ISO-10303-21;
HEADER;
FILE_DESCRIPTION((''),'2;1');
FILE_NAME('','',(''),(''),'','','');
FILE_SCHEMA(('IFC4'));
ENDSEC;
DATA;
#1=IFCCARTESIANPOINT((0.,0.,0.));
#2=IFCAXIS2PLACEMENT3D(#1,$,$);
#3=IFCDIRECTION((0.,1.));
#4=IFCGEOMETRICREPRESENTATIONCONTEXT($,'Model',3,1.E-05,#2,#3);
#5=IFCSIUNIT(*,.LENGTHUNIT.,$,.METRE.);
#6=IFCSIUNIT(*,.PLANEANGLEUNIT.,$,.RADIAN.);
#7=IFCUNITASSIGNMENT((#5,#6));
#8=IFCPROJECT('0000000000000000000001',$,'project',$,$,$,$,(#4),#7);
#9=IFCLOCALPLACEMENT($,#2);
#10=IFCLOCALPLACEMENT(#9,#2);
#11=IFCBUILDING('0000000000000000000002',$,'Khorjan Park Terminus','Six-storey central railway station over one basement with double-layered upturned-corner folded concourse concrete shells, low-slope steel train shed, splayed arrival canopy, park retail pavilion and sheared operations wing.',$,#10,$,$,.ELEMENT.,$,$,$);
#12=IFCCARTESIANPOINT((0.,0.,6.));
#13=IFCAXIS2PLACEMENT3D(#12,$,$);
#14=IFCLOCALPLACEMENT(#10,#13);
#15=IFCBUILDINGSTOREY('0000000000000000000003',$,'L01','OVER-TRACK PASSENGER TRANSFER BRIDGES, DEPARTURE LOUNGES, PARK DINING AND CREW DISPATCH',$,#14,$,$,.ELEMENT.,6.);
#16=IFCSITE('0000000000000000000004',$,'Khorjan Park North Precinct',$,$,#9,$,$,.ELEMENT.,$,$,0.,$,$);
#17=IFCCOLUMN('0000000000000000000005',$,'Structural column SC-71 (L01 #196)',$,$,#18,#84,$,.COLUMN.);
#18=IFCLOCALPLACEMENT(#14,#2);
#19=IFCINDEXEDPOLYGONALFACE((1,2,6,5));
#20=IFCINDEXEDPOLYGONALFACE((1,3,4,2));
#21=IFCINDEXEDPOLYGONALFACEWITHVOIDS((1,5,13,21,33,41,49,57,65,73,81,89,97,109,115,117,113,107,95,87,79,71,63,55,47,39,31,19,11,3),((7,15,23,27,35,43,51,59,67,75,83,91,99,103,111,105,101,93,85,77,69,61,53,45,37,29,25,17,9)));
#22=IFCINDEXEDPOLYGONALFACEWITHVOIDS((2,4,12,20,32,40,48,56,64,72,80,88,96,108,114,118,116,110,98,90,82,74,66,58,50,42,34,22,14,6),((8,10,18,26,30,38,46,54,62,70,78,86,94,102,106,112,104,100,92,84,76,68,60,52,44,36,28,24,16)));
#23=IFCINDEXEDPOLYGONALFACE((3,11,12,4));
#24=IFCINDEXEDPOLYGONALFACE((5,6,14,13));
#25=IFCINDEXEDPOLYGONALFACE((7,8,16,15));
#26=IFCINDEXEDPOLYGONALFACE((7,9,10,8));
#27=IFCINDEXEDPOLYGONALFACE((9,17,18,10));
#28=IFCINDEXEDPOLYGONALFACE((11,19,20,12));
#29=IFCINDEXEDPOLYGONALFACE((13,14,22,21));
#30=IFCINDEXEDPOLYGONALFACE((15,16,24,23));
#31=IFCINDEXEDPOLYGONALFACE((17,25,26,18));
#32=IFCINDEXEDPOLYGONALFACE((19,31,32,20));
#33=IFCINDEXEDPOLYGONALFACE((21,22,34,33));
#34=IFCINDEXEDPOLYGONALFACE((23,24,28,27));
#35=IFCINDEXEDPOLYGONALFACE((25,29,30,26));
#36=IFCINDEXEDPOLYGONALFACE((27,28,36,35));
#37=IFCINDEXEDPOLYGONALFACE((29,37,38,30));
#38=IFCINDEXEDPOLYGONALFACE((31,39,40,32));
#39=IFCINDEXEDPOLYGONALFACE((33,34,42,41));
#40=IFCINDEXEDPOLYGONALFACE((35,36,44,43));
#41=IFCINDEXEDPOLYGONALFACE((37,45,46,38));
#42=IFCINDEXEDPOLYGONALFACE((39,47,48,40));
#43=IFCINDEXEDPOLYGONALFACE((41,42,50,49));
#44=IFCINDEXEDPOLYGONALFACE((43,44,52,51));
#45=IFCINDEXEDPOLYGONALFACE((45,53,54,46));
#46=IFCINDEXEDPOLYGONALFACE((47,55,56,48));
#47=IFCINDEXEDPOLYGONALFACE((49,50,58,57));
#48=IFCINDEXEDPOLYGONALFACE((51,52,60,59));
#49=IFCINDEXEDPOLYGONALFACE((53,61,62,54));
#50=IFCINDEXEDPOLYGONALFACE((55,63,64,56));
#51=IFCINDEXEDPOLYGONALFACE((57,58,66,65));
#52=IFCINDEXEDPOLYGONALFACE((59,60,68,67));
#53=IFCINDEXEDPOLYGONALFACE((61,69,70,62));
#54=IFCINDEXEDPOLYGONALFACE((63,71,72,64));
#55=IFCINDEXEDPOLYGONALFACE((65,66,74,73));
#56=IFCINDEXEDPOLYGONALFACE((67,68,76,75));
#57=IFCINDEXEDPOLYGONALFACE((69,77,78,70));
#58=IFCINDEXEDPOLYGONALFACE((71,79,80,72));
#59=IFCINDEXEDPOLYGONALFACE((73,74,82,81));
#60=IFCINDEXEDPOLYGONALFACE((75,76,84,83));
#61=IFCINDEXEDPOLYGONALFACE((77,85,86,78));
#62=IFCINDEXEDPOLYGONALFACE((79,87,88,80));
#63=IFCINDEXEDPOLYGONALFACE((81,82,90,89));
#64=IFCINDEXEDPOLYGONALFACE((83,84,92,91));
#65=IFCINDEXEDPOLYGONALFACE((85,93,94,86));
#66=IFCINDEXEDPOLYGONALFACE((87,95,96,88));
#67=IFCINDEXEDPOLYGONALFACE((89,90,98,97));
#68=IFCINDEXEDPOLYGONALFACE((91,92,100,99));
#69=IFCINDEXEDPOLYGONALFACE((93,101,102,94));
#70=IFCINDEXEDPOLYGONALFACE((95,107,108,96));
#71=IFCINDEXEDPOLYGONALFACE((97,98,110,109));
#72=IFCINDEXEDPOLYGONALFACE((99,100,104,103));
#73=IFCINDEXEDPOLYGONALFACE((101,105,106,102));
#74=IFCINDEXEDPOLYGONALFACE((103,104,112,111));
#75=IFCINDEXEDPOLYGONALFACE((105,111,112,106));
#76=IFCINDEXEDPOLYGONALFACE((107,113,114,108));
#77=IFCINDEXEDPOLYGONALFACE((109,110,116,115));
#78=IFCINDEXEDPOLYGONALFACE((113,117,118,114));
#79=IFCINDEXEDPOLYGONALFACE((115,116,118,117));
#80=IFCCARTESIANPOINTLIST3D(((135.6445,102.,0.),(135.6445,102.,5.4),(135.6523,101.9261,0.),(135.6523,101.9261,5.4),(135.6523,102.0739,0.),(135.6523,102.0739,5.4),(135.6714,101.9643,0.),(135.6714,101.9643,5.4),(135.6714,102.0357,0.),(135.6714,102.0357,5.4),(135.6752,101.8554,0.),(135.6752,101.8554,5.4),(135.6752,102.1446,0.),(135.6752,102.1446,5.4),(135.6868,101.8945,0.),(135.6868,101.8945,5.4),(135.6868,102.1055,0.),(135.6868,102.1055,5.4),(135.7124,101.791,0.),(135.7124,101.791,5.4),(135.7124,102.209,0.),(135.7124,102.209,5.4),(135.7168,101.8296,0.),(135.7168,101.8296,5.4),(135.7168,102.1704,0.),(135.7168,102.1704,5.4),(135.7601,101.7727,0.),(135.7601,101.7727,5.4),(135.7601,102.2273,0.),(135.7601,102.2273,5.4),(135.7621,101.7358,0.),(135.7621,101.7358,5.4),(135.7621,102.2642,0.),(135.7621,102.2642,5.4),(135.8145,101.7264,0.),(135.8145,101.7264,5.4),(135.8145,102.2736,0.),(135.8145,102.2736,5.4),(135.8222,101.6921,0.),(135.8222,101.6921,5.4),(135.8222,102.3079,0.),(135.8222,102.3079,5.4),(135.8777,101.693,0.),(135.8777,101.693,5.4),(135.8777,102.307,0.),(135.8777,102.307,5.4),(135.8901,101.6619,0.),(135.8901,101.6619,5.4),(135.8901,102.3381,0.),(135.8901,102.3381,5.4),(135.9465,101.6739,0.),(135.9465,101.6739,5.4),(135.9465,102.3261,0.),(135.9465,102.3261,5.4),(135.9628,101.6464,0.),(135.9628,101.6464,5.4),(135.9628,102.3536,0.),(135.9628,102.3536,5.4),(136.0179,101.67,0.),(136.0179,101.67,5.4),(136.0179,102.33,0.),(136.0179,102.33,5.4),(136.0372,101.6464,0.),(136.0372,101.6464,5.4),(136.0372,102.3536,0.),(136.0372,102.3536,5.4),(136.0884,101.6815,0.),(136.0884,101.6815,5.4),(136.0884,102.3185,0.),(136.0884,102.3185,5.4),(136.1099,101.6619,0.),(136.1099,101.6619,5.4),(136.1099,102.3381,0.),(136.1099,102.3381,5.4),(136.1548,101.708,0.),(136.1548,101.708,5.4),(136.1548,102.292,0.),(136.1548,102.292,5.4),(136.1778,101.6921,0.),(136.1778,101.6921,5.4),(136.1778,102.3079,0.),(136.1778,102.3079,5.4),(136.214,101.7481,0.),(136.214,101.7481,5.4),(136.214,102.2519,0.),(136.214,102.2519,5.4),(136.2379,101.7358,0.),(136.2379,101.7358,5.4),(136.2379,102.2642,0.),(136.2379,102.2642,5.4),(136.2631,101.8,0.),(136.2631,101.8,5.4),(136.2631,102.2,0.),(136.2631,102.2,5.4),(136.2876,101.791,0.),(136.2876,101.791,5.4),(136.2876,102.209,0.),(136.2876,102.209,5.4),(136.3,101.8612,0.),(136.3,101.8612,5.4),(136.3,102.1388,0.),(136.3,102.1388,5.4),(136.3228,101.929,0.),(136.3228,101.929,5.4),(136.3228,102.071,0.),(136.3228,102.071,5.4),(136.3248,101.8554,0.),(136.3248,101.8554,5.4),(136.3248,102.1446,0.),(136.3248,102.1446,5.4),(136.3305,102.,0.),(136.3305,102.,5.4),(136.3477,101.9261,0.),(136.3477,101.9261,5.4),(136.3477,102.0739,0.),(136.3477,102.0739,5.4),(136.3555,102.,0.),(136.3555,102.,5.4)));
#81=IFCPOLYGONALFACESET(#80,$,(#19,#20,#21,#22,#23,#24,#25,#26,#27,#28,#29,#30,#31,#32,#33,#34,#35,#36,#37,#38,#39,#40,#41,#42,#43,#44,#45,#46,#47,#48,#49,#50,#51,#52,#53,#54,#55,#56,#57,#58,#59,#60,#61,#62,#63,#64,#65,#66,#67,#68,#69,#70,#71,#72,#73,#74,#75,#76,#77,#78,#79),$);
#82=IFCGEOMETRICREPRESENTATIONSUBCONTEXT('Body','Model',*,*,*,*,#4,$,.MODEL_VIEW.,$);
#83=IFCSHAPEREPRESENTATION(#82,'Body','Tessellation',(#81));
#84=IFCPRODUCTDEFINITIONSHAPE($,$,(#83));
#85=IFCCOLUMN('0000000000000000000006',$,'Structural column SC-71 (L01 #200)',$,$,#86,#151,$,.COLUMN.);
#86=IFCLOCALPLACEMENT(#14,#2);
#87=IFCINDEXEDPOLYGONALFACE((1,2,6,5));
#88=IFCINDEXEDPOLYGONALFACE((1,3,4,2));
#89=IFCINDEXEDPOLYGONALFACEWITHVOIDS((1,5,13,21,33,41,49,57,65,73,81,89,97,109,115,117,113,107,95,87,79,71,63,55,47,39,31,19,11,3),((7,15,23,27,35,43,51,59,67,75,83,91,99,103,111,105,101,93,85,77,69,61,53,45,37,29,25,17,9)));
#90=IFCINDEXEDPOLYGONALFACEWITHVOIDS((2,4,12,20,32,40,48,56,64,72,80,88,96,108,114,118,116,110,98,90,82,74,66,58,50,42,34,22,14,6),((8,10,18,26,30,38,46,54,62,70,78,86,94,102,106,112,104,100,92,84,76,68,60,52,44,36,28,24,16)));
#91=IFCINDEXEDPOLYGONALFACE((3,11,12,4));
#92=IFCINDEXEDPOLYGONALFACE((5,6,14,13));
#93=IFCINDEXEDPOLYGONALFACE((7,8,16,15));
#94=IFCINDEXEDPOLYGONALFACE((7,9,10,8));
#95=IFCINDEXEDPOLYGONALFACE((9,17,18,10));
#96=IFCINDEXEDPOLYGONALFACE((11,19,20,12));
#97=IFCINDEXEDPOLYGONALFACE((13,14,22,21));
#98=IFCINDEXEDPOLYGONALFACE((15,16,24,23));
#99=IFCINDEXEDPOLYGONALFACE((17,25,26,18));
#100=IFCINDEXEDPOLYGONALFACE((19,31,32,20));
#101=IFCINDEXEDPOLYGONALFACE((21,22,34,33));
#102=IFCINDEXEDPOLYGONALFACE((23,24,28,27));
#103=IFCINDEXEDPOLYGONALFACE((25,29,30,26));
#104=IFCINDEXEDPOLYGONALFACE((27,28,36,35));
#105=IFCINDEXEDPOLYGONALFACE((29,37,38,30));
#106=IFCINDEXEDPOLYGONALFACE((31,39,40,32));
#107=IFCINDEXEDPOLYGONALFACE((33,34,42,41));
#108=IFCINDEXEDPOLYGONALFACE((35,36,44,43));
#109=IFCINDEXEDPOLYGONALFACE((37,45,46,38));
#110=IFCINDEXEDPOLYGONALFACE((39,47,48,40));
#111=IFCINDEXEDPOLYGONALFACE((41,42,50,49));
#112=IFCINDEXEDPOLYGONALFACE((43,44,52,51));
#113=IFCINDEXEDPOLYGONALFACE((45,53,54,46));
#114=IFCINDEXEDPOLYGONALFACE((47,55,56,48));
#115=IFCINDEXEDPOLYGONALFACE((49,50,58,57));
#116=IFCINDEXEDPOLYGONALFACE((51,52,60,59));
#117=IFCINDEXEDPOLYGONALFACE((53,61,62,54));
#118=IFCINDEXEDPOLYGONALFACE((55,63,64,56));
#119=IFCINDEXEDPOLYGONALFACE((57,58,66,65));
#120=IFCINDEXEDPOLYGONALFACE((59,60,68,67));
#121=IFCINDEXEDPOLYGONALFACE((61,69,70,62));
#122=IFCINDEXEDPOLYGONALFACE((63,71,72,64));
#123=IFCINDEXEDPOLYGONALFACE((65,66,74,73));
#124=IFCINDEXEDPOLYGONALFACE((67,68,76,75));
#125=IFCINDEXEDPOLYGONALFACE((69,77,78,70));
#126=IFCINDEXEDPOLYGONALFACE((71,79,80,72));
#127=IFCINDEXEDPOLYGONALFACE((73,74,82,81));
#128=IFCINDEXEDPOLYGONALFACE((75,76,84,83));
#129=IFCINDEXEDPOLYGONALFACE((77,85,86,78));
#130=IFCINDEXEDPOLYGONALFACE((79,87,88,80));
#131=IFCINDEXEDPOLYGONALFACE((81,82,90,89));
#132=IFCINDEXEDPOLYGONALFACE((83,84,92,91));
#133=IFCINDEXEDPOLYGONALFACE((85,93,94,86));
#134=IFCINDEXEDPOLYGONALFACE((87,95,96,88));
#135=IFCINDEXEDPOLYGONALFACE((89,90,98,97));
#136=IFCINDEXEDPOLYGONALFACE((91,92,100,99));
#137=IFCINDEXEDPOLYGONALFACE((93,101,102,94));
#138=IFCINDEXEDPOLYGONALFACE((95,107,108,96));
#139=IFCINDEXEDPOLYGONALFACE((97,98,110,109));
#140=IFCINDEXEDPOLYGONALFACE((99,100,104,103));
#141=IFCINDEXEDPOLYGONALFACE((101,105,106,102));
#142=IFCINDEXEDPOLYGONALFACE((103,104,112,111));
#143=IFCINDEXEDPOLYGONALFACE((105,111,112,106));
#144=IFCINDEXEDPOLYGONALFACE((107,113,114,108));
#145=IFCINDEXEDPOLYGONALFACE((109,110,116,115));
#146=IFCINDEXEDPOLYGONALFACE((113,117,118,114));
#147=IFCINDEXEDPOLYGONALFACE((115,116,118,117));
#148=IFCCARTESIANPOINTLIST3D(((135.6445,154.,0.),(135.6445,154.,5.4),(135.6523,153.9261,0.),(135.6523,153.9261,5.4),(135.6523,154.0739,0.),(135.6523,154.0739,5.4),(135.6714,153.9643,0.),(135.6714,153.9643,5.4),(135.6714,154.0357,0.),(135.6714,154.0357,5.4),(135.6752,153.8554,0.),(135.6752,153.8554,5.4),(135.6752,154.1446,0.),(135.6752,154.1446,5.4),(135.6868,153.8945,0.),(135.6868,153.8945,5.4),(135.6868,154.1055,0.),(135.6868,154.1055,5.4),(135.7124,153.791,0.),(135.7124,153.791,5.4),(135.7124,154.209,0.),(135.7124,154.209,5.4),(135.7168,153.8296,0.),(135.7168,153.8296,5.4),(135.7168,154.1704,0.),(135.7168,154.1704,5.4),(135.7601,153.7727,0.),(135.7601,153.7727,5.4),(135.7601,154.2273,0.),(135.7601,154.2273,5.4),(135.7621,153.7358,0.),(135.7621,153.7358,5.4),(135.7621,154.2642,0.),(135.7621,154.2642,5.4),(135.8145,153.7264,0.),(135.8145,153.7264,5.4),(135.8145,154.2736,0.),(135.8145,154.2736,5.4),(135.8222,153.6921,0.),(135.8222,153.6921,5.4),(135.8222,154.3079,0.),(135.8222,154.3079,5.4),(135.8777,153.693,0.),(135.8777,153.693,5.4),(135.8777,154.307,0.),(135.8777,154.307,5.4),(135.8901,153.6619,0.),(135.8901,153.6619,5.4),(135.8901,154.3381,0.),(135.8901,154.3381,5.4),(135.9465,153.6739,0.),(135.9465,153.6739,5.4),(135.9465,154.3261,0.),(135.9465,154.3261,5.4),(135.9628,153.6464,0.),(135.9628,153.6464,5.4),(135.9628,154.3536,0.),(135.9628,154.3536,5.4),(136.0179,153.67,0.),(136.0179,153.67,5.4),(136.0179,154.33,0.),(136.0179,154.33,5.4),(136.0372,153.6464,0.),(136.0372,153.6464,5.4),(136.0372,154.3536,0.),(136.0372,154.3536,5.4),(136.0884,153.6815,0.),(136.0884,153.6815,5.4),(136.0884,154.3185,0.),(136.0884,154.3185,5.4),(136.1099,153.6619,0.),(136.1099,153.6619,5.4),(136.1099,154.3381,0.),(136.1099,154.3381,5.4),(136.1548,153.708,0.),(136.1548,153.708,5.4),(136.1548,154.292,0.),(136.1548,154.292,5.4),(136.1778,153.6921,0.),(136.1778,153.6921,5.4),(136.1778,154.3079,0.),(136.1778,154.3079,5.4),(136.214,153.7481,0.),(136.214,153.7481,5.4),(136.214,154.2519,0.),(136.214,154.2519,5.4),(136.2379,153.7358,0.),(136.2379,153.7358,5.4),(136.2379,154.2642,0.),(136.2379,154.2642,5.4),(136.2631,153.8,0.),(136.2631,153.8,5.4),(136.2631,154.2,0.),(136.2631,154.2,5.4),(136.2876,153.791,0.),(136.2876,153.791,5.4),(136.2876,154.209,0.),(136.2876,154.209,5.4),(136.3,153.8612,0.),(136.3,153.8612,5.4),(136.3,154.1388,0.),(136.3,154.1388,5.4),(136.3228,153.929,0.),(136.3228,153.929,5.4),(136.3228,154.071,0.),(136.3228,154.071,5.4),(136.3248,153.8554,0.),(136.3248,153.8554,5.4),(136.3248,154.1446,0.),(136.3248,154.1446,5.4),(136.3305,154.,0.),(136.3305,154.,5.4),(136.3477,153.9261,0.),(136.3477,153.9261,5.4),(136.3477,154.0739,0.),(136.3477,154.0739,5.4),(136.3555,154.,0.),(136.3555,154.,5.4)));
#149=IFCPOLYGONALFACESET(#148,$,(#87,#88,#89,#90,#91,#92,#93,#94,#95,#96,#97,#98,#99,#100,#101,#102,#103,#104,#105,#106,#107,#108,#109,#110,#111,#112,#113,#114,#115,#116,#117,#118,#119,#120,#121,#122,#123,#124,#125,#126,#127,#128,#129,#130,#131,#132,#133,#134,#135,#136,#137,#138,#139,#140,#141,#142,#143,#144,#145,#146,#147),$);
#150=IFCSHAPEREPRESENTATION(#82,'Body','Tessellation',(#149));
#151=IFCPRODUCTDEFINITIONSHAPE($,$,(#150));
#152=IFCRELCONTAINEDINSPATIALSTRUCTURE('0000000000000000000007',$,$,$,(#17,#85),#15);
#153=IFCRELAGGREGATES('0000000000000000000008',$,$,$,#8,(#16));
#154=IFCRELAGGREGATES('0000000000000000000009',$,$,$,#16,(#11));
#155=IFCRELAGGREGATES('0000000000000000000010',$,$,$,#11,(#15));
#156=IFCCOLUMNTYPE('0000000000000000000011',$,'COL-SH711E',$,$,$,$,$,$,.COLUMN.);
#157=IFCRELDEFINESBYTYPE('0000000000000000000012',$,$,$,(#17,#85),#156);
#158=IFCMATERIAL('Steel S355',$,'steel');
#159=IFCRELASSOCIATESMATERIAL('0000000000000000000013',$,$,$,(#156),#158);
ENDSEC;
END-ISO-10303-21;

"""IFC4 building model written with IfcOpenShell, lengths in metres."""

from ifc_helpers import new_model, si_unit, direction, frame, origin, origin_2d, place, context, subcontext, project, spatial, hollow_circle, extrude, material, material_profile, profile_set, type_object, element, save


model = new_model("IFC4")

# Units and contexts
model_context = context("Model", 3, precision=1e-05, world=origin(), true_north=direction((0.0, 1.0)))
body_context = subcontext(model_context, "Body", "Model", "MODEL_VIEW")
ifc_project = project(units=[si_unit("LENGTHUNIT", "METRE"), si_unit("PLANEANGLEUNIT", "RADIAN")], contexts=[model_context])

# Site, building, storey
site_placement = place(None, origin())
site = spatial("IfcSite", under=ifc_project, at=site_placement, Name="Khorjan Park North Precinct", CompositionType="ELEMENT", RefElevation=0.0)
building_placement = place(site_placement, origin())
building = spatial("IfcBuilding", under=site, at=building_placement, Name="Khorjan Park Terminus", Description="Six-storey central railway station over one basement with double-layered upturned-corner folded concourse concrete shells, low-slope steel train shed, splayed arrival canopy, park retail pavilion and sheared operations wing.", CompositionType="ELEMENT")
storey_placement = place(building_placement, frame((0.0, 0.0, 6.0)))
storey = spatial("IfcBuildingStorey", under=building, at=storey_placement, Name="L01", Description="OVER-TRACK PASSENGER TRANSFER BRIDGES, DEPARTURE LOUNGES, PARK DINING AND CREW DISPATCH", CompositionType="ELEMENT", Elevation=6.0)

# Columns
ifc_material_1 = material(Name="Steel S355", Category="steel")
ifc_material_profile_1 = material_profile(ifc_material_1, hollow_circle(Radius=0.3555, WallThickness=0.025, at=origin_2d()), Name="CHS 711x25")
ifc_profile_set_1 = profile_set([ifc_material_profile_1], Name="Steel S355")
column_type_1 = type_object("IfcColumnType", Name="COL-SH711E", PredefinedType="COLUMN", material=ifc_profile_set_1)
for number, where, z_axis, x_axis, name in (
    (1, (136.0, 102.0, 0.0), (0.0, 0.0, 1.0), (1.0, 0.0, 0.0), "Structural column SC-71 (L01 #196)"),
    (2, (136.0, 154.0, 0.0), (0.0, 0.0, 1.0), (1.0, 0.0, 0.0), "Structural column SC-71 (L01 #200)"),
):
    element("IfcColumn", number, at=place(storey_placement, frame(where, z_axis=z_axis, x_axis=x_axis)), inside=storey, type_object=column_type_1, Name=name, PredefinedType="COLUMN", context=body_context, shape_type="SweptSolid", body=[
        extrude(hollow_circle(Radius=0.3555, WallThickness=0.025, at=origin_2d()), origin(), (0.0, 0.0, 1.0), 5.4),
    ])

save(model, "model.ifc")
